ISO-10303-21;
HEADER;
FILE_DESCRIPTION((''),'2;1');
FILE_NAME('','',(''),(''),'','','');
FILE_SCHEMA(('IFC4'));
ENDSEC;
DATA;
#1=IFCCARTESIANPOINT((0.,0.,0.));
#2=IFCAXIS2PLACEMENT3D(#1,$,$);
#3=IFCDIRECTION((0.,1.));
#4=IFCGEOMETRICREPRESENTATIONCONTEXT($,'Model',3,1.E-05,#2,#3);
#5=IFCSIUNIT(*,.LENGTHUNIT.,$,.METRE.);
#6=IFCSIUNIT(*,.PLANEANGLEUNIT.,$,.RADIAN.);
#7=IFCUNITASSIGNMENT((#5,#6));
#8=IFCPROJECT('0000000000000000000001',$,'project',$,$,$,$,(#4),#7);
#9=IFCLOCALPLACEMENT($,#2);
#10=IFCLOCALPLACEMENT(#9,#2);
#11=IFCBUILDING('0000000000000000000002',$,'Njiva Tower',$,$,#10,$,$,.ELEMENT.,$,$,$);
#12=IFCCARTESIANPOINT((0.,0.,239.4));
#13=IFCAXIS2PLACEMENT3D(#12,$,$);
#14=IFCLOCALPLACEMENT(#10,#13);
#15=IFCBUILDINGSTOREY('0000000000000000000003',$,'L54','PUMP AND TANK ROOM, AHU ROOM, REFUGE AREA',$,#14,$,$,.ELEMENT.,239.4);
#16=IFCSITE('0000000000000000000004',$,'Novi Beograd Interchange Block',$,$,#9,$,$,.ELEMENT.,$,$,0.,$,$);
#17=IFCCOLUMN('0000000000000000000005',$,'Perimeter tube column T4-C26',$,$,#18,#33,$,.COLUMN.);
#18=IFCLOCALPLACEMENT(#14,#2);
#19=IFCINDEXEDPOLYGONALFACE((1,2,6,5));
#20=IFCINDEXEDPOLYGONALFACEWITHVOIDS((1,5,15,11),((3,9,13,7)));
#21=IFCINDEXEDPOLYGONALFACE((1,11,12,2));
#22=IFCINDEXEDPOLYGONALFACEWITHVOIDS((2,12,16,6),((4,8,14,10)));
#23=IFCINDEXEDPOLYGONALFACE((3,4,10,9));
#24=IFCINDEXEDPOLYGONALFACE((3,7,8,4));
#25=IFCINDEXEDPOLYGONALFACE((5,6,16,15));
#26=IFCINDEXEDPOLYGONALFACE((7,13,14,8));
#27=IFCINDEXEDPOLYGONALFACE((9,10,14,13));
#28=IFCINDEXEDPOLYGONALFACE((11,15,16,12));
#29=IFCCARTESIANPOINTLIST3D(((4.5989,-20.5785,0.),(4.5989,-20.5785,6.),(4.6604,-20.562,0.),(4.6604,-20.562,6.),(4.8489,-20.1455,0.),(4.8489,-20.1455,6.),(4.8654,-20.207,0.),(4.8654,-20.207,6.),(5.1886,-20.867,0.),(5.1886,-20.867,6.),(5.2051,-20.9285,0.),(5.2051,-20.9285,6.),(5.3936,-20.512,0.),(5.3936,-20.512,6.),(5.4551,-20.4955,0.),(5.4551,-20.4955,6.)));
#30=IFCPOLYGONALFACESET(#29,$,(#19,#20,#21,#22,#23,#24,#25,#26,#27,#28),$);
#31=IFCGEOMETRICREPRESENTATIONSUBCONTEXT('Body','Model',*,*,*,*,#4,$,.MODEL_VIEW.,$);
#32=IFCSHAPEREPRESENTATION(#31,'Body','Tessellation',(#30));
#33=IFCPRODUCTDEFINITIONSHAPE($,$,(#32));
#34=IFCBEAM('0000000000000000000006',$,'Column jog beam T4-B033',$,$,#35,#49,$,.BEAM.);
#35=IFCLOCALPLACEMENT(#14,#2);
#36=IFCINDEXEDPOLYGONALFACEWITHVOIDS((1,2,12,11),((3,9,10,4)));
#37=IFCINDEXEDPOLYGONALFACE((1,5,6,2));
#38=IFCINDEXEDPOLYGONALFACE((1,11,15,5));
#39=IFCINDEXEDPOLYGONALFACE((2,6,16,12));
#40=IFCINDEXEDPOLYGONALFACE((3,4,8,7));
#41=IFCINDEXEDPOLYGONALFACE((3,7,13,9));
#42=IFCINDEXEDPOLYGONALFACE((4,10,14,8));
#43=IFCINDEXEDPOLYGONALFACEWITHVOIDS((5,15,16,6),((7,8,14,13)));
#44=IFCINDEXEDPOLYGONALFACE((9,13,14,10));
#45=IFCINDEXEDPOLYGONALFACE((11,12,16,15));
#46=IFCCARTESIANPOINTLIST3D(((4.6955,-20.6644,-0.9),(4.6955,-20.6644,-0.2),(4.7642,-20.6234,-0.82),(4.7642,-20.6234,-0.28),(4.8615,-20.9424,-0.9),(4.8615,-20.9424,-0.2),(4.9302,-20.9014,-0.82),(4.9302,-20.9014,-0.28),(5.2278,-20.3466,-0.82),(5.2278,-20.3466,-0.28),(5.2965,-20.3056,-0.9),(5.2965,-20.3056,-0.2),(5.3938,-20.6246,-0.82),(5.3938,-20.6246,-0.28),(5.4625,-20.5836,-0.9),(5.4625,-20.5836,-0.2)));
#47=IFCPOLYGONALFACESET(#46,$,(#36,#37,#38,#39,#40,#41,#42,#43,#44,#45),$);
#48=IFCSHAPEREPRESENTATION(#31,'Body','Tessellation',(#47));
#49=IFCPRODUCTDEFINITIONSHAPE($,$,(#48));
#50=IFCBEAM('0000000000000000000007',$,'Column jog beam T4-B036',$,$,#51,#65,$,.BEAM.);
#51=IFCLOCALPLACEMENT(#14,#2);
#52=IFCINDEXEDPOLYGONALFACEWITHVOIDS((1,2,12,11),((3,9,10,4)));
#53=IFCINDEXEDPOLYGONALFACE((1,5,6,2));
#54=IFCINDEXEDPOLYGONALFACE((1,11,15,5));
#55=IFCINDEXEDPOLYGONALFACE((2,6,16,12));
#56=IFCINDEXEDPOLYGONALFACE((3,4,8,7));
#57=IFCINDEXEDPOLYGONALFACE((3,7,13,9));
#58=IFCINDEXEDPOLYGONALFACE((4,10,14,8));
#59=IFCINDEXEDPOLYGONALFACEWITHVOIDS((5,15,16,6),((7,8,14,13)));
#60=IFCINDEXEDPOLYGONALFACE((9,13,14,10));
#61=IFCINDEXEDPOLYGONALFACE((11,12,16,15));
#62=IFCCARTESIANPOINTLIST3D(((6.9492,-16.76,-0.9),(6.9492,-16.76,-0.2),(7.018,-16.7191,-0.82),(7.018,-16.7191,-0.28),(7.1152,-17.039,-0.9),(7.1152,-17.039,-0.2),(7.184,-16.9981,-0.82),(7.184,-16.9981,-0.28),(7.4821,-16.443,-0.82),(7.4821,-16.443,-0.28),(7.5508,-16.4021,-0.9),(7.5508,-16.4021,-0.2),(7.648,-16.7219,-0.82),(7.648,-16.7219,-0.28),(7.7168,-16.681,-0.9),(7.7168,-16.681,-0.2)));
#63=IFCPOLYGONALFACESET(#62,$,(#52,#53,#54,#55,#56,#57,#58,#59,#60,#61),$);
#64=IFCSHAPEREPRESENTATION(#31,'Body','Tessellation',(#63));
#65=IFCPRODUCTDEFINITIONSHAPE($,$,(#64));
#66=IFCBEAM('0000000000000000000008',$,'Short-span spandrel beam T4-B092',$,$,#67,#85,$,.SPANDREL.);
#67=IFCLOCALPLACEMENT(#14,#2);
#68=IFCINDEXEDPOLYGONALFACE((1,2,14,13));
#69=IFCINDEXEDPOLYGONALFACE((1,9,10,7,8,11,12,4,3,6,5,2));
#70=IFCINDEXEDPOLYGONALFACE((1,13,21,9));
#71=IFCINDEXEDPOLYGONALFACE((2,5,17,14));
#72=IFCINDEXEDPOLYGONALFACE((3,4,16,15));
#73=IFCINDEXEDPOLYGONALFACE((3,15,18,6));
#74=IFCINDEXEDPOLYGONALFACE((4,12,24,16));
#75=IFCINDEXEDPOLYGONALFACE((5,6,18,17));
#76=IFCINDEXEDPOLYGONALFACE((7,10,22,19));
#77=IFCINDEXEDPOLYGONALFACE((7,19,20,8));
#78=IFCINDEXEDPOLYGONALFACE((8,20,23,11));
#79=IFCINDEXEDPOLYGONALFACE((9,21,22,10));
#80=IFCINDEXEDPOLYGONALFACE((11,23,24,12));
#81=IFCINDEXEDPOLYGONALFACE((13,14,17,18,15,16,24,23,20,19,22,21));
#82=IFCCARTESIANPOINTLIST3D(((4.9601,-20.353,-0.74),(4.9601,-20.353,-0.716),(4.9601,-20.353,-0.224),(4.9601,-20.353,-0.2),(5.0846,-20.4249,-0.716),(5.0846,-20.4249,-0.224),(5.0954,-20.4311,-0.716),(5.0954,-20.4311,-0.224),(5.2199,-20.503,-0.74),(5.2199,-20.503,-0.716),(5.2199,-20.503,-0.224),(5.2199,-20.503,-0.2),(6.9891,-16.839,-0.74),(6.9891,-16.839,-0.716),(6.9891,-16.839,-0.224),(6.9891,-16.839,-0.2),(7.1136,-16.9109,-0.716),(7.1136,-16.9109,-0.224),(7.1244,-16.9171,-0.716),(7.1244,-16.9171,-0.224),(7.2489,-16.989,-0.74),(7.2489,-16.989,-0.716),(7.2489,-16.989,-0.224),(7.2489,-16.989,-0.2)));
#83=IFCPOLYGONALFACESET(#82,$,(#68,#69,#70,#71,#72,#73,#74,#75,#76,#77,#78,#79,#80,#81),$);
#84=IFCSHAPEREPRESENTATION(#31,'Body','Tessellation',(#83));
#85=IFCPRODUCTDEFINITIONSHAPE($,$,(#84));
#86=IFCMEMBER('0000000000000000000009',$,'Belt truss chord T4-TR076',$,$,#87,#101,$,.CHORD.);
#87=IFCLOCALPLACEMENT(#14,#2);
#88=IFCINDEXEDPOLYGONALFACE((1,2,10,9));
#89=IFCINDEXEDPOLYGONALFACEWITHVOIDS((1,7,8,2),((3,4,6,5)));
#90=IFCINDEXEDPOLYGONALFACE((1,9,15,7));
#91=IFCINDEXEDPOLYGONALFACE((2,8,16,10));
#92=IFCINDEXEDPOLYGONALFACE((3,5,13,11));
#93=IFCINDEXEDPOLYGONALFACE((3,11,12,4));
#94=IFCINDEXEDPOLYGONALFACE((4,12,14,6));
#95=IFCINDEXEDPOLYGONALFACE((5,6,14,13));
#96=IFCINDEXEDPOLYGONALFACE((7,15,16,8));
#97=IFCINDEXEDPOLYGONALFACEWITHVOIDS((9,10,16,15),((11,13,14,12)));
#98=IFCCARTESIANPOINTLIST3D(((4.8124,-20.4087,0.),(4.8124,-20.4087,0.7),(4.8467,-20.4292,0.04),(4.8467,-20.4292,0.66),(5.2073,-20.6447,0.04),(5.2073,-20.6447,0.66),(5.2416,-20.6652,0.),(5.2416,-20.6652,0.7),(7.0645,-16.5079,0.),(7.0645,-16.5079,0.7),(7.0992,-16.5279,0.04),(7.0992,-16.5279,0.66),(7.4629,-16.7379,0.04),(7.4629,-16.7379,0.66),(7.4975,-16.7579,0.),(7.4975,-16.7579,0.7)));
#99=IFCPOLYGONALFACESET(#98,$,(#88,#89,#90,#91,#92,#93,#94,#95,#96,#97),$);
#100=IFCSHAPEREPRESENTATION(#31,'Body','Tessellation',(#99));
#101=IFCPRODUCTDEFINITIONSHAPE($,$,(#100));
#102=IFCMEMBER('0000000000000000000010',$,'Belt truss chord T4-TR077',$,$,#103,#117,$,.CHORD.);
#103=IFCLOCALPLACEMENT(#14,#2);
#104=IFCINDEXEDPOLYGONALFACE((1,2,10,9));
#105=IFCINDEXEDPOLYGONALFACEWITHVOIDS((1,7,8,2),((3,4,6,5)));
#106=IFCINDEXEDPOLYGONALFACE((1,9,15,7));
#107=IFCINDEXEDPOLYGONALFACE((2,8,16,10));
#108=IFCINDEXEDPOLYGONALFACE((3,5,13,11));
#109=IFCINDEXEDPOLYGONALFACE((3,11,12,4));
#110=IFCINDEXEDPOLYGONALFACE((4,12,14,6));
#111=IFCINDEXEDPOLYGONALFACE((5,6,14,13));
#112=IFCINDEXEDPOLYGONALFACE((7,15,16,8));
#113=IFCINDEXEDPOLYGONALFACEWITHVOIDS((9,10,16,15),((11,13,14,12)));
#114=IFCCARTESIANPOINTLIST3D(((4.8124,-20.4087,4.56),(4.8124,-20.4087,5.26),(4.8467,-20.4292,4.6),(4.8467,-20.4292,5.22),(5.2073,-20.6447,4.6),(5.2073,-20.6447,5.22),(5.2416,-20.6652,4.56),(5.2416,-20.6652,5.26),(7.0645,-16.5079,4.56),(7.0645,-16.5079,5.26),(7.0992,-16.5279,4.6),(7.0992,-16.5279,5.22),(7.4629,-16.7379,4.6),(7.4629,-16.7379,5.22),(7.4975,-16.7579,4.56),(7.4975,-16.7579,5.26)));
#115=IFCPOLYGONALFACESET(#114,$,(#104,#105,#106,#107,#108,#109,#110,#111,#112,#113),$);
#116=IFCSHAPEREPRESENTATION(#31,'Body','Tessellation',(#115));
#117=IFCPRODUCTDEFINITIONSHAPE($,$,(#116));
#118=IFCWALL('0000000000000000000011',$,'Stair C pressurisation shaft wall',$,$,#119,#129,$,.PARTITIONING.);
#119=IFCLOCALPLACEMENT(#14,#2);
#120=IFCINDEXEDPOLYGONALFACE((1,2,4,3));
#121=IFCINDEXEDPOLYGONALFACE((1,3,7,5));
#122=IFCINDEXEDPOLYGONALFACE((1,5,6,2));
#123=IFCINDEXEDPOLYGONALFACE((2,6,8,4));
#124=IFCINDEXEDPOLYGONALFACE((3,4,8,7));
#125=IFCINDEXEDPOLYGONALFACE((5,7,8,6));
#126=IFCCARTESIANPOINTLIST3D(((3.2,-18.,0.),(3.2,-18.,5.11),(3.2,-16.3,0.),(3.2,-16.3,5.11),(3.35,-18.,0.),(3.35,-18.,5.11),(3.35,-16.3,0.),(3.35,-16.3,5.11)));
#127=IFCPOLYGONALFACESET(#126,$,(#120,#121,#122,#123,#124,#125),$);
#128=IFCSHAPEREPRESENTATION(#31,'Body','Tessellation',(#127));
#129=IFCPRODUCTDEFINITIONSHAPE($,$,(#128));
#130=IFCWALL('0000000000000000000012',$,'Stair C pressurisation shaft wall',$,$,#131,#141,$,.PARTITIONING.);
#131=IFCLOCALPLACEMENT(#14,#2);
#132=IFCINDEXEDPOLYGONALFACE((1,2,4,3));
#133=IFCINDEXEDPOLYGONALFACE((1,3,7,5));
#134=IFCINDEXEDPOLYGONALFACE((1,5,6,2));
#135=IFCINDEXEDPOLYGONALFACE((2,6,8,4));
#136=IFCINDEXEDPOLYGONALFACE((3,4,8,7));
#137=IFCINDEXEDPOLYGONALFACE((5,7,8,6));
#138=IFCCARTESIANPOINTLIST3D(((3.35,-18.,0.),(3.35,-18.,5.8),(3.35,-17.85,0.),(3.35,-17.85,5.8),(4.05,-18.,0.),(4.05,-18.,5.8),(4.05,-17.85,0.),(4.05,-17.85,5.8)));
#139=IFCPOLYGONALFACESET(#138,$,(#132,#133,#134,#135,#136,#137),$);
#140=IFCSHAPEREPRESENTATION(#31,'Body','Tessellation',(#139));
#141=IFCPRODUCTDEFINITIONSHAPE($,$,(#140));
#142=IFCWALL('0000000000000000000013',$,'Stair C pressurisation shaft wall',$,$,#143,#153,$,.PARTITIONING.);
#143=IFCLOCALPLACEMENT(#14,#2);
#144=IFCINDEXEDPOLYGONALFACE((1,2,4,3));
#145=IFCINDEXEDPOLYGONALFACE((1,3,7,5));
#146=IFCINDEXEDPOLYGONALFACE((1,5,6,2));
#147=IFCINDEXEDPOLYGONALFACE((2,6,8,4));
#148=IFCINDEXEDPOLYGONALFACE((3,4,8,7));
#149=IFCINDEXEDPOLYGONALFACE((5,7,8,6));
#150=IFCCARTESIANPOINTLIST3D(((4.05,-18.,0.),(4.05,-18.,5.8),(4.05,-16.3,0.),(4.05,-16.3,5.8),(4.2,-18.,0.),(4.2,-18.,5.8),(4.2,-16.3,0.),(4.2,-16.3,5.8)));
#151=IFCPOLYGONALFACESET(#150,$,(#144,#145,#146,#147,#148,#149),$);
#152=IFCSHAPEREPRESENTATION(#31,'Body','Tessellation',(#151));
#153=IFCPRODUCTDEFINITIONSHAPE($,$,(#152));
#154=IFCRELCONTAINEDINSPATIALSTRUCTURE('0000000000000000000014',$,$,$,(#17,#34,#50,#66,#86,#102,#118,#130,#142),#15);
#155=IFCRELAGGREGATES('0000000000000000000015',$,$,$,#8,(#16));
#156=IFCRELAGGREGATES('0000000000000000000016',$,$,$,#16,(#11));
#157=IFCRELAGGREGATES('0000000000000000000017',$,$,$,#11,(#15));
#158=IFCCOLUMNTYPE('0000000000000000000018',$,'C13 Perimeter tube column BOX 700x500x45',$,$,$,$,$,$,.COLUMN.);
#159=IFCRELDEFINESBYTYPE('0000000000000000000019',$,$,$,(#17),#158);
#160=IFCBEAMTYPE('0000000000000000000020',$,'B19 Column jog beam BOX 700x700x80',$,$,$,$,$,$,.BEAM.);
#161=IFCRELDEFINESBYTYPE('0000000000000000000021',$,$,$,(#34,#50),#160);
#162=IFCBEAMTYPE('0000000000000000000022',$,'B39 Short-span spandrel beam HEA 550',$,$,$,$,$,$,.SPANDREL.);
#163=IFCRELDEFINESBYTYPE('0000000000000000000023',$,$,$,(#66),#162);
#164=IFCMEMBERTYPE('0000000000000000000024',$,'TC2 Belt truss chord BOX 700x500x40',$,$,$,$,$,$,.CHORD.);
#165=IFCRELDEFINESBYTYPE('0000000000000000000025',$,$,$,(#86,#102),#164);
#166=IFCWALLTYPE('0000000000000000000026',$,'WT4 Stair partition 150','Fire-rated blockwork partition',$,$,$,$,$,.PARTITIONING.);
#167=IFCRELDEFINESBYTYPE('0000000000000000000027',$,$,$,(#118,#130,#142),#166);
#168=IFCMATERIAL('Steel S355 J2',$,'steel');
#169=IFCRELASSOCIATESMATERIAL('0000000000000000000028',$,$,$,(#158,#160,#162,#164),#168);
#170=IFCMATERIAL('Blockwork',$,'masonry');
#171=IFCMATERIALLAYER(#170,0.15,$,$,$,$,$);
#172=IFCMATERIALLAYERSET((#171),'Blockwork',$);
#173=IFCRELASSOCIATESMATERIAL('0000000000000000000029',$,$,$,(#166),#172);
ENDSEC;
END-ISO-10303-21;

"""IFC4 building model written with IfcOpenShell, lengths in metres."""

from ifc_helpers import new_model, si_unit, direction, frame, frame_2d, origin, origin_2d, place, context, subcontext, project, spatial, rectangle, hollow_rectangle, i_section, extrude, clip, halfspace, material, layer, layer_set, material_profile, profile_set, type_object, element, save


model = new_model("IFC4")

# Units and contexts
model_context = context("Model", 3, precision=1e-05, world=origin(), true_north=direction((0.0, 1.0)))
body_context = subcontext(model_context, "Body", "Model", "MODEL_VIEW")
ifc_project = project(units=[si_unit("LENGTHUNIT", "METRE"), si_unit("PLANEANGLEUNIT", "RADIAN")], contexts=[model_context])

# Site, building, storey
site_placement = place(None, origin())
site = spatial("IfcSite", under=ifc_project, at=site_placement, Name="Novi Beograd Interchange Block", CompositionType="ELEMENT", RefElevation=0.0)
building_placement = place(site_placement, origin())
building = spatial("IfcBuilding", under=site, at=building_placement, Name="Njiva Tower", CompositionType="ELEMENT")
storey_placement = place(building_placement, frame((0.0, 0.0, 239.4)))
storey = spatial("IfcBuildingStorey", under=building, at=storey_placement, Name="L54", Description="PUMP AND TANK ROOM, AHU ROOM, REFUGE AREA", CompositionType="ELEMENT", Elevation=239.4)

# Column
ifc_material_1 = material(Name="Steel S355 J2", Category="steel")
ifc_material_profile_1 = material_profile(ifc_material_1, hollow_rectangle(XDim=0.5, YDim=0.7, WallThickness=0.045, at=origin_2d()), Name="BOX 700x500x45")
ifc_profile_set_1 = profile_set([ifc_material_profile_1], Name="Steel S355 J2")
column_type = type_object("IfcColumnType", Name="C13 Perimeter tube column BOX 700x500x45", PredefinedType="COLUMN", material=ifc_profile_set_1)
column_placement = place(storey_placement, frame((5.027, -20.537, 0.0), z_axis=(0.0, 0.0, 1.0), x_axis=(0.5, 0.866025, 0.0)))
element("IfcColumn", 1, at=column_placement, inside=storey, type_object=column_type, Name="Perimeter tube column T4-C26", PredefinedType="COLUMN", context=body_context, shape_type="SweptSolid", body=[
    extrude(hollow_rectangle(XDim=0.5, YDim=0.7, WallThickness=0.045, at=origin_2d()), origin(), (0.0, 0.0, 1.0), 6.0),
])

# Beams
ifc_material_profile_2 = material_profile(ifc_material_1, hollow_rectangle(XDim=0.7, YDim=0.7, WallThickness=0.08, at=origin_2d()), Name="BOX 700x700x80")
ifc_profile_set_2 = profile_set([ifc_material_profile_2], Name="Steel S355 J2")
beam_type_1 = type_object("IfcBeamType", Name="B19 Column jog beam BOX 700x700x80", PredefinedType="BEAM", material=ifc_profile_set_2)
beam_1_placement = place(storey_placement, frame((5.162, -20.763, -0.55), z_axis=(-0.512678, 0.858581, 0.0), x_axis=(-0.858581, -0.512678, 0.0)))
element("IfcBeam", 2, at=beam_1_placement, inside=storey, type_object=beam_type_1, Name="Column jog beam T4-B033", PredefinedType="BEAM", context=body_context, shape_type="SweptSolid", body=[
    extrude(hollow_rectangle(XDim=0.7, YDim=0.7, WallThickness=0.08, at=origin_2d()), origin(), (0.0, 0.0, 1.0), 0.3238),
])
beam_2_placement = place(storey_placement, frame((7.416, -16.86, -0.55), z_axis=(-0.511321, 0.85939, 0.0), x_axis=(-0.85939, -0.511321, 0.0)))
element("IfcBeam", 3, at=beam_2_placement, inside=storey, type_object=beam_type_1, Name="Column jog beam T4-B036", PredefinedType="BEAM", context=body_context, shape_type="SweptSolid", body=[
    extrude(hollow_rectangle(XDim=0.7, YDim=0.7, WallThickness=0.08, at=origin_2d()), origin(), (0.0, 0.0, 1.0), 0.3246),
])
ifc_material_profile_3 = material_profile(ifc_material_1, i_section(OverallWidth=0.3, OverallDepth=0.54, WebThickness=0.0125, FlangeThickness=0.024, at=origin_2d()), Name="HEA 550")
ifc_profile_set_3 = profile_set([ifc_material_profile_3], Name="Steel S355 J2")
beam_type_2 = type_object("IfcBeamType", Name="B39 Short-span spandrel beam HEA 550", PredefinedType="SPANDREL", material=ifc_profile_set_3)
beam_3_placement = place(storey_placement, frame((5.09, -20.428, -0.47), z_axis=(0.500035, 0.866005, 0.0), x_axis=(-0.866005, 0.500035, 0.0)))
element("IfcBeam", 4, at=beam_3_placement, inside=storey, type_object=beam_type_2, Name="Short-span spandrel beam T4-B092", PredefinedType="SPANDREL", context=body_context, shape_type="SweptSolid", body=[
    extrude(i_section(OverallWidth=0.3, OverallDepth=0.54, WebThickness=0.0125, FlangeThickness=0.024, at=origin_2d()), origin(), (0.0, 0.0, 1.0), 4.0577),
])

# Members
ifc_material_profile_4 = material_profile(ifc_material_1, hollow_rectangle(XDim=0.5, YDim=0.7, WallThickness=0.04, at=origin_2d()), Name="BOX 700x500x40")
ifc_profile_set_4 = profile_set([ifc_material_profile_4], Name="Steel S355 J2")
member_type_1 = type_object("IfcMemberType", Name="TC2 Belt truss chord BOX 700x500x40", PredefinedType="CHORD", material=ifc_profile_set_4)
member_1_placement = place(storey_placement, frame((5.01, -20.5664, 0.35), z_axis=(0.500004, 0.866023, 0.0), x_axis=(-0.866023, 0.500004, 0.0)))
element("IfcMember", 5, at=member_1_placement, inside=storey, type_object=member_type_1, Name="Belt truss chord T4-TR076", PredefinedType="CHORD", context=body_context, shape_type="Clipping", body=[
    clip(extrude(hollow_rectangle(XDim=0.5, YDim=0.7, WallThickness=0.04, at=origin_2d()), origin(), (0.0, 0.0, 1.0), 4.542), halfspace(frame((0.0, -239.75, 0.034), z_axis=(0.015085, 0.0, -0.999886), x_axis=(0.0, -1.0, 0.0)), False)),
])
member_2_placement = place(storey_placement, frame((5.01, -20.5664, 4.91), z_axis=(0.500004, 0.866023, 0.0), x_axis=(-0.866023, 0.500004, 0.0)))
element("IfcMember", 6, at=member_2_placement, inside=storey, type_object=member_type_1, Name="Belt truss chord T4-TR077", PredefinedType="CHORD", context=body_context, shape_type="Clipping", body=[
    clip(extrude(hollow_rectangle(XDim=0.5, YDim=0.7, WallThickness=0.04, at=origin_2d()), origin(), (0.0, 0.0, 1.0), 4.542), halfspace(frame((0.0, -244.31, 0.034), z_axis=(0.015085, 0.0, -0.999886), x_axis=(0.0, -1.0, 0.0)), False)),
])

# Walls
ifc_material_2 = material(Name="Blockwork", Category="masonry")
ifc_layer_1 = layer(ifc_material_2, 0.15)
ifc_layer_set_1 = layer_set([ifc_layer_1], Name="Blockwork")
wall_type_1 = type_object("IfcWallType", Name="WT4 Stair partition 150", Description="Fire-rated blockwork partition", PredefinedType="PARTITIONING", material=ifc_layer_set_1)
wall_1_placement = place(storey_placement, frame((3.275, -18.0, 0.0), z_axis=(0.0, 0.0, 1.0), x_axis=(0.0, 1.0, 0.0)))
element("IfcWall", 7, at=wall_1_placement, inside=storey, type_object=wall_type_1, Name="Stair C pressurisation shaft wall", PredefinedType="PARTITIONING", context=body_context, shape_type="SweptSolid", body=[
    extrude(rectangle(XDim=1.7, YDim=0.15, at=frame_2d((0.85, 0.0))), origin(), (0.0, 0.0, 1.0), 5.11),
])
wall_2_placement = place(storey_placement, frame((3.35, -17.925, 0.0), z_axis=(0.0, 0.0, 1.0), x_axis=(1.0, 0.0, 0.0)))
element("IfcWall", 8, at=wall_2_placement, inside=storey, type_object=wall_type_1, Name="Stair C pressurisation shaft wall", PredefinedType="PARTITIONING", context=body_context, shape_type="SweptSolid", body=[
    extrude(rectangle(XDim=0.7, YDim=0.15, at=frame_2d((0.35, 0.0))), origin(), (0.0, 0.0, 1.0), 5.8),
])
wall_3_placement = place(storey_placement, frame((4.125, -18.0, 0.0), z_axis=(0.0, 0.0, 1.0), x_axis=(0.0, 1.0, 0.0)))
element("IfcWall", 9, at=wall_3_placement, inside=storey, type_object=wall_type_1, Name="Stair C pressurisation shaft wall", PredefinedType="PARTITIONING", context=body_context, shape_type="SweptSolid", body=[
    extrude(rectangle(XDim=1.7, YDim=0.15, at=frame_2d((0.85, 0.0))), origin(), (0.0, 0.0, 1.0), 5.8),
])

save(model, "model.ifc")
